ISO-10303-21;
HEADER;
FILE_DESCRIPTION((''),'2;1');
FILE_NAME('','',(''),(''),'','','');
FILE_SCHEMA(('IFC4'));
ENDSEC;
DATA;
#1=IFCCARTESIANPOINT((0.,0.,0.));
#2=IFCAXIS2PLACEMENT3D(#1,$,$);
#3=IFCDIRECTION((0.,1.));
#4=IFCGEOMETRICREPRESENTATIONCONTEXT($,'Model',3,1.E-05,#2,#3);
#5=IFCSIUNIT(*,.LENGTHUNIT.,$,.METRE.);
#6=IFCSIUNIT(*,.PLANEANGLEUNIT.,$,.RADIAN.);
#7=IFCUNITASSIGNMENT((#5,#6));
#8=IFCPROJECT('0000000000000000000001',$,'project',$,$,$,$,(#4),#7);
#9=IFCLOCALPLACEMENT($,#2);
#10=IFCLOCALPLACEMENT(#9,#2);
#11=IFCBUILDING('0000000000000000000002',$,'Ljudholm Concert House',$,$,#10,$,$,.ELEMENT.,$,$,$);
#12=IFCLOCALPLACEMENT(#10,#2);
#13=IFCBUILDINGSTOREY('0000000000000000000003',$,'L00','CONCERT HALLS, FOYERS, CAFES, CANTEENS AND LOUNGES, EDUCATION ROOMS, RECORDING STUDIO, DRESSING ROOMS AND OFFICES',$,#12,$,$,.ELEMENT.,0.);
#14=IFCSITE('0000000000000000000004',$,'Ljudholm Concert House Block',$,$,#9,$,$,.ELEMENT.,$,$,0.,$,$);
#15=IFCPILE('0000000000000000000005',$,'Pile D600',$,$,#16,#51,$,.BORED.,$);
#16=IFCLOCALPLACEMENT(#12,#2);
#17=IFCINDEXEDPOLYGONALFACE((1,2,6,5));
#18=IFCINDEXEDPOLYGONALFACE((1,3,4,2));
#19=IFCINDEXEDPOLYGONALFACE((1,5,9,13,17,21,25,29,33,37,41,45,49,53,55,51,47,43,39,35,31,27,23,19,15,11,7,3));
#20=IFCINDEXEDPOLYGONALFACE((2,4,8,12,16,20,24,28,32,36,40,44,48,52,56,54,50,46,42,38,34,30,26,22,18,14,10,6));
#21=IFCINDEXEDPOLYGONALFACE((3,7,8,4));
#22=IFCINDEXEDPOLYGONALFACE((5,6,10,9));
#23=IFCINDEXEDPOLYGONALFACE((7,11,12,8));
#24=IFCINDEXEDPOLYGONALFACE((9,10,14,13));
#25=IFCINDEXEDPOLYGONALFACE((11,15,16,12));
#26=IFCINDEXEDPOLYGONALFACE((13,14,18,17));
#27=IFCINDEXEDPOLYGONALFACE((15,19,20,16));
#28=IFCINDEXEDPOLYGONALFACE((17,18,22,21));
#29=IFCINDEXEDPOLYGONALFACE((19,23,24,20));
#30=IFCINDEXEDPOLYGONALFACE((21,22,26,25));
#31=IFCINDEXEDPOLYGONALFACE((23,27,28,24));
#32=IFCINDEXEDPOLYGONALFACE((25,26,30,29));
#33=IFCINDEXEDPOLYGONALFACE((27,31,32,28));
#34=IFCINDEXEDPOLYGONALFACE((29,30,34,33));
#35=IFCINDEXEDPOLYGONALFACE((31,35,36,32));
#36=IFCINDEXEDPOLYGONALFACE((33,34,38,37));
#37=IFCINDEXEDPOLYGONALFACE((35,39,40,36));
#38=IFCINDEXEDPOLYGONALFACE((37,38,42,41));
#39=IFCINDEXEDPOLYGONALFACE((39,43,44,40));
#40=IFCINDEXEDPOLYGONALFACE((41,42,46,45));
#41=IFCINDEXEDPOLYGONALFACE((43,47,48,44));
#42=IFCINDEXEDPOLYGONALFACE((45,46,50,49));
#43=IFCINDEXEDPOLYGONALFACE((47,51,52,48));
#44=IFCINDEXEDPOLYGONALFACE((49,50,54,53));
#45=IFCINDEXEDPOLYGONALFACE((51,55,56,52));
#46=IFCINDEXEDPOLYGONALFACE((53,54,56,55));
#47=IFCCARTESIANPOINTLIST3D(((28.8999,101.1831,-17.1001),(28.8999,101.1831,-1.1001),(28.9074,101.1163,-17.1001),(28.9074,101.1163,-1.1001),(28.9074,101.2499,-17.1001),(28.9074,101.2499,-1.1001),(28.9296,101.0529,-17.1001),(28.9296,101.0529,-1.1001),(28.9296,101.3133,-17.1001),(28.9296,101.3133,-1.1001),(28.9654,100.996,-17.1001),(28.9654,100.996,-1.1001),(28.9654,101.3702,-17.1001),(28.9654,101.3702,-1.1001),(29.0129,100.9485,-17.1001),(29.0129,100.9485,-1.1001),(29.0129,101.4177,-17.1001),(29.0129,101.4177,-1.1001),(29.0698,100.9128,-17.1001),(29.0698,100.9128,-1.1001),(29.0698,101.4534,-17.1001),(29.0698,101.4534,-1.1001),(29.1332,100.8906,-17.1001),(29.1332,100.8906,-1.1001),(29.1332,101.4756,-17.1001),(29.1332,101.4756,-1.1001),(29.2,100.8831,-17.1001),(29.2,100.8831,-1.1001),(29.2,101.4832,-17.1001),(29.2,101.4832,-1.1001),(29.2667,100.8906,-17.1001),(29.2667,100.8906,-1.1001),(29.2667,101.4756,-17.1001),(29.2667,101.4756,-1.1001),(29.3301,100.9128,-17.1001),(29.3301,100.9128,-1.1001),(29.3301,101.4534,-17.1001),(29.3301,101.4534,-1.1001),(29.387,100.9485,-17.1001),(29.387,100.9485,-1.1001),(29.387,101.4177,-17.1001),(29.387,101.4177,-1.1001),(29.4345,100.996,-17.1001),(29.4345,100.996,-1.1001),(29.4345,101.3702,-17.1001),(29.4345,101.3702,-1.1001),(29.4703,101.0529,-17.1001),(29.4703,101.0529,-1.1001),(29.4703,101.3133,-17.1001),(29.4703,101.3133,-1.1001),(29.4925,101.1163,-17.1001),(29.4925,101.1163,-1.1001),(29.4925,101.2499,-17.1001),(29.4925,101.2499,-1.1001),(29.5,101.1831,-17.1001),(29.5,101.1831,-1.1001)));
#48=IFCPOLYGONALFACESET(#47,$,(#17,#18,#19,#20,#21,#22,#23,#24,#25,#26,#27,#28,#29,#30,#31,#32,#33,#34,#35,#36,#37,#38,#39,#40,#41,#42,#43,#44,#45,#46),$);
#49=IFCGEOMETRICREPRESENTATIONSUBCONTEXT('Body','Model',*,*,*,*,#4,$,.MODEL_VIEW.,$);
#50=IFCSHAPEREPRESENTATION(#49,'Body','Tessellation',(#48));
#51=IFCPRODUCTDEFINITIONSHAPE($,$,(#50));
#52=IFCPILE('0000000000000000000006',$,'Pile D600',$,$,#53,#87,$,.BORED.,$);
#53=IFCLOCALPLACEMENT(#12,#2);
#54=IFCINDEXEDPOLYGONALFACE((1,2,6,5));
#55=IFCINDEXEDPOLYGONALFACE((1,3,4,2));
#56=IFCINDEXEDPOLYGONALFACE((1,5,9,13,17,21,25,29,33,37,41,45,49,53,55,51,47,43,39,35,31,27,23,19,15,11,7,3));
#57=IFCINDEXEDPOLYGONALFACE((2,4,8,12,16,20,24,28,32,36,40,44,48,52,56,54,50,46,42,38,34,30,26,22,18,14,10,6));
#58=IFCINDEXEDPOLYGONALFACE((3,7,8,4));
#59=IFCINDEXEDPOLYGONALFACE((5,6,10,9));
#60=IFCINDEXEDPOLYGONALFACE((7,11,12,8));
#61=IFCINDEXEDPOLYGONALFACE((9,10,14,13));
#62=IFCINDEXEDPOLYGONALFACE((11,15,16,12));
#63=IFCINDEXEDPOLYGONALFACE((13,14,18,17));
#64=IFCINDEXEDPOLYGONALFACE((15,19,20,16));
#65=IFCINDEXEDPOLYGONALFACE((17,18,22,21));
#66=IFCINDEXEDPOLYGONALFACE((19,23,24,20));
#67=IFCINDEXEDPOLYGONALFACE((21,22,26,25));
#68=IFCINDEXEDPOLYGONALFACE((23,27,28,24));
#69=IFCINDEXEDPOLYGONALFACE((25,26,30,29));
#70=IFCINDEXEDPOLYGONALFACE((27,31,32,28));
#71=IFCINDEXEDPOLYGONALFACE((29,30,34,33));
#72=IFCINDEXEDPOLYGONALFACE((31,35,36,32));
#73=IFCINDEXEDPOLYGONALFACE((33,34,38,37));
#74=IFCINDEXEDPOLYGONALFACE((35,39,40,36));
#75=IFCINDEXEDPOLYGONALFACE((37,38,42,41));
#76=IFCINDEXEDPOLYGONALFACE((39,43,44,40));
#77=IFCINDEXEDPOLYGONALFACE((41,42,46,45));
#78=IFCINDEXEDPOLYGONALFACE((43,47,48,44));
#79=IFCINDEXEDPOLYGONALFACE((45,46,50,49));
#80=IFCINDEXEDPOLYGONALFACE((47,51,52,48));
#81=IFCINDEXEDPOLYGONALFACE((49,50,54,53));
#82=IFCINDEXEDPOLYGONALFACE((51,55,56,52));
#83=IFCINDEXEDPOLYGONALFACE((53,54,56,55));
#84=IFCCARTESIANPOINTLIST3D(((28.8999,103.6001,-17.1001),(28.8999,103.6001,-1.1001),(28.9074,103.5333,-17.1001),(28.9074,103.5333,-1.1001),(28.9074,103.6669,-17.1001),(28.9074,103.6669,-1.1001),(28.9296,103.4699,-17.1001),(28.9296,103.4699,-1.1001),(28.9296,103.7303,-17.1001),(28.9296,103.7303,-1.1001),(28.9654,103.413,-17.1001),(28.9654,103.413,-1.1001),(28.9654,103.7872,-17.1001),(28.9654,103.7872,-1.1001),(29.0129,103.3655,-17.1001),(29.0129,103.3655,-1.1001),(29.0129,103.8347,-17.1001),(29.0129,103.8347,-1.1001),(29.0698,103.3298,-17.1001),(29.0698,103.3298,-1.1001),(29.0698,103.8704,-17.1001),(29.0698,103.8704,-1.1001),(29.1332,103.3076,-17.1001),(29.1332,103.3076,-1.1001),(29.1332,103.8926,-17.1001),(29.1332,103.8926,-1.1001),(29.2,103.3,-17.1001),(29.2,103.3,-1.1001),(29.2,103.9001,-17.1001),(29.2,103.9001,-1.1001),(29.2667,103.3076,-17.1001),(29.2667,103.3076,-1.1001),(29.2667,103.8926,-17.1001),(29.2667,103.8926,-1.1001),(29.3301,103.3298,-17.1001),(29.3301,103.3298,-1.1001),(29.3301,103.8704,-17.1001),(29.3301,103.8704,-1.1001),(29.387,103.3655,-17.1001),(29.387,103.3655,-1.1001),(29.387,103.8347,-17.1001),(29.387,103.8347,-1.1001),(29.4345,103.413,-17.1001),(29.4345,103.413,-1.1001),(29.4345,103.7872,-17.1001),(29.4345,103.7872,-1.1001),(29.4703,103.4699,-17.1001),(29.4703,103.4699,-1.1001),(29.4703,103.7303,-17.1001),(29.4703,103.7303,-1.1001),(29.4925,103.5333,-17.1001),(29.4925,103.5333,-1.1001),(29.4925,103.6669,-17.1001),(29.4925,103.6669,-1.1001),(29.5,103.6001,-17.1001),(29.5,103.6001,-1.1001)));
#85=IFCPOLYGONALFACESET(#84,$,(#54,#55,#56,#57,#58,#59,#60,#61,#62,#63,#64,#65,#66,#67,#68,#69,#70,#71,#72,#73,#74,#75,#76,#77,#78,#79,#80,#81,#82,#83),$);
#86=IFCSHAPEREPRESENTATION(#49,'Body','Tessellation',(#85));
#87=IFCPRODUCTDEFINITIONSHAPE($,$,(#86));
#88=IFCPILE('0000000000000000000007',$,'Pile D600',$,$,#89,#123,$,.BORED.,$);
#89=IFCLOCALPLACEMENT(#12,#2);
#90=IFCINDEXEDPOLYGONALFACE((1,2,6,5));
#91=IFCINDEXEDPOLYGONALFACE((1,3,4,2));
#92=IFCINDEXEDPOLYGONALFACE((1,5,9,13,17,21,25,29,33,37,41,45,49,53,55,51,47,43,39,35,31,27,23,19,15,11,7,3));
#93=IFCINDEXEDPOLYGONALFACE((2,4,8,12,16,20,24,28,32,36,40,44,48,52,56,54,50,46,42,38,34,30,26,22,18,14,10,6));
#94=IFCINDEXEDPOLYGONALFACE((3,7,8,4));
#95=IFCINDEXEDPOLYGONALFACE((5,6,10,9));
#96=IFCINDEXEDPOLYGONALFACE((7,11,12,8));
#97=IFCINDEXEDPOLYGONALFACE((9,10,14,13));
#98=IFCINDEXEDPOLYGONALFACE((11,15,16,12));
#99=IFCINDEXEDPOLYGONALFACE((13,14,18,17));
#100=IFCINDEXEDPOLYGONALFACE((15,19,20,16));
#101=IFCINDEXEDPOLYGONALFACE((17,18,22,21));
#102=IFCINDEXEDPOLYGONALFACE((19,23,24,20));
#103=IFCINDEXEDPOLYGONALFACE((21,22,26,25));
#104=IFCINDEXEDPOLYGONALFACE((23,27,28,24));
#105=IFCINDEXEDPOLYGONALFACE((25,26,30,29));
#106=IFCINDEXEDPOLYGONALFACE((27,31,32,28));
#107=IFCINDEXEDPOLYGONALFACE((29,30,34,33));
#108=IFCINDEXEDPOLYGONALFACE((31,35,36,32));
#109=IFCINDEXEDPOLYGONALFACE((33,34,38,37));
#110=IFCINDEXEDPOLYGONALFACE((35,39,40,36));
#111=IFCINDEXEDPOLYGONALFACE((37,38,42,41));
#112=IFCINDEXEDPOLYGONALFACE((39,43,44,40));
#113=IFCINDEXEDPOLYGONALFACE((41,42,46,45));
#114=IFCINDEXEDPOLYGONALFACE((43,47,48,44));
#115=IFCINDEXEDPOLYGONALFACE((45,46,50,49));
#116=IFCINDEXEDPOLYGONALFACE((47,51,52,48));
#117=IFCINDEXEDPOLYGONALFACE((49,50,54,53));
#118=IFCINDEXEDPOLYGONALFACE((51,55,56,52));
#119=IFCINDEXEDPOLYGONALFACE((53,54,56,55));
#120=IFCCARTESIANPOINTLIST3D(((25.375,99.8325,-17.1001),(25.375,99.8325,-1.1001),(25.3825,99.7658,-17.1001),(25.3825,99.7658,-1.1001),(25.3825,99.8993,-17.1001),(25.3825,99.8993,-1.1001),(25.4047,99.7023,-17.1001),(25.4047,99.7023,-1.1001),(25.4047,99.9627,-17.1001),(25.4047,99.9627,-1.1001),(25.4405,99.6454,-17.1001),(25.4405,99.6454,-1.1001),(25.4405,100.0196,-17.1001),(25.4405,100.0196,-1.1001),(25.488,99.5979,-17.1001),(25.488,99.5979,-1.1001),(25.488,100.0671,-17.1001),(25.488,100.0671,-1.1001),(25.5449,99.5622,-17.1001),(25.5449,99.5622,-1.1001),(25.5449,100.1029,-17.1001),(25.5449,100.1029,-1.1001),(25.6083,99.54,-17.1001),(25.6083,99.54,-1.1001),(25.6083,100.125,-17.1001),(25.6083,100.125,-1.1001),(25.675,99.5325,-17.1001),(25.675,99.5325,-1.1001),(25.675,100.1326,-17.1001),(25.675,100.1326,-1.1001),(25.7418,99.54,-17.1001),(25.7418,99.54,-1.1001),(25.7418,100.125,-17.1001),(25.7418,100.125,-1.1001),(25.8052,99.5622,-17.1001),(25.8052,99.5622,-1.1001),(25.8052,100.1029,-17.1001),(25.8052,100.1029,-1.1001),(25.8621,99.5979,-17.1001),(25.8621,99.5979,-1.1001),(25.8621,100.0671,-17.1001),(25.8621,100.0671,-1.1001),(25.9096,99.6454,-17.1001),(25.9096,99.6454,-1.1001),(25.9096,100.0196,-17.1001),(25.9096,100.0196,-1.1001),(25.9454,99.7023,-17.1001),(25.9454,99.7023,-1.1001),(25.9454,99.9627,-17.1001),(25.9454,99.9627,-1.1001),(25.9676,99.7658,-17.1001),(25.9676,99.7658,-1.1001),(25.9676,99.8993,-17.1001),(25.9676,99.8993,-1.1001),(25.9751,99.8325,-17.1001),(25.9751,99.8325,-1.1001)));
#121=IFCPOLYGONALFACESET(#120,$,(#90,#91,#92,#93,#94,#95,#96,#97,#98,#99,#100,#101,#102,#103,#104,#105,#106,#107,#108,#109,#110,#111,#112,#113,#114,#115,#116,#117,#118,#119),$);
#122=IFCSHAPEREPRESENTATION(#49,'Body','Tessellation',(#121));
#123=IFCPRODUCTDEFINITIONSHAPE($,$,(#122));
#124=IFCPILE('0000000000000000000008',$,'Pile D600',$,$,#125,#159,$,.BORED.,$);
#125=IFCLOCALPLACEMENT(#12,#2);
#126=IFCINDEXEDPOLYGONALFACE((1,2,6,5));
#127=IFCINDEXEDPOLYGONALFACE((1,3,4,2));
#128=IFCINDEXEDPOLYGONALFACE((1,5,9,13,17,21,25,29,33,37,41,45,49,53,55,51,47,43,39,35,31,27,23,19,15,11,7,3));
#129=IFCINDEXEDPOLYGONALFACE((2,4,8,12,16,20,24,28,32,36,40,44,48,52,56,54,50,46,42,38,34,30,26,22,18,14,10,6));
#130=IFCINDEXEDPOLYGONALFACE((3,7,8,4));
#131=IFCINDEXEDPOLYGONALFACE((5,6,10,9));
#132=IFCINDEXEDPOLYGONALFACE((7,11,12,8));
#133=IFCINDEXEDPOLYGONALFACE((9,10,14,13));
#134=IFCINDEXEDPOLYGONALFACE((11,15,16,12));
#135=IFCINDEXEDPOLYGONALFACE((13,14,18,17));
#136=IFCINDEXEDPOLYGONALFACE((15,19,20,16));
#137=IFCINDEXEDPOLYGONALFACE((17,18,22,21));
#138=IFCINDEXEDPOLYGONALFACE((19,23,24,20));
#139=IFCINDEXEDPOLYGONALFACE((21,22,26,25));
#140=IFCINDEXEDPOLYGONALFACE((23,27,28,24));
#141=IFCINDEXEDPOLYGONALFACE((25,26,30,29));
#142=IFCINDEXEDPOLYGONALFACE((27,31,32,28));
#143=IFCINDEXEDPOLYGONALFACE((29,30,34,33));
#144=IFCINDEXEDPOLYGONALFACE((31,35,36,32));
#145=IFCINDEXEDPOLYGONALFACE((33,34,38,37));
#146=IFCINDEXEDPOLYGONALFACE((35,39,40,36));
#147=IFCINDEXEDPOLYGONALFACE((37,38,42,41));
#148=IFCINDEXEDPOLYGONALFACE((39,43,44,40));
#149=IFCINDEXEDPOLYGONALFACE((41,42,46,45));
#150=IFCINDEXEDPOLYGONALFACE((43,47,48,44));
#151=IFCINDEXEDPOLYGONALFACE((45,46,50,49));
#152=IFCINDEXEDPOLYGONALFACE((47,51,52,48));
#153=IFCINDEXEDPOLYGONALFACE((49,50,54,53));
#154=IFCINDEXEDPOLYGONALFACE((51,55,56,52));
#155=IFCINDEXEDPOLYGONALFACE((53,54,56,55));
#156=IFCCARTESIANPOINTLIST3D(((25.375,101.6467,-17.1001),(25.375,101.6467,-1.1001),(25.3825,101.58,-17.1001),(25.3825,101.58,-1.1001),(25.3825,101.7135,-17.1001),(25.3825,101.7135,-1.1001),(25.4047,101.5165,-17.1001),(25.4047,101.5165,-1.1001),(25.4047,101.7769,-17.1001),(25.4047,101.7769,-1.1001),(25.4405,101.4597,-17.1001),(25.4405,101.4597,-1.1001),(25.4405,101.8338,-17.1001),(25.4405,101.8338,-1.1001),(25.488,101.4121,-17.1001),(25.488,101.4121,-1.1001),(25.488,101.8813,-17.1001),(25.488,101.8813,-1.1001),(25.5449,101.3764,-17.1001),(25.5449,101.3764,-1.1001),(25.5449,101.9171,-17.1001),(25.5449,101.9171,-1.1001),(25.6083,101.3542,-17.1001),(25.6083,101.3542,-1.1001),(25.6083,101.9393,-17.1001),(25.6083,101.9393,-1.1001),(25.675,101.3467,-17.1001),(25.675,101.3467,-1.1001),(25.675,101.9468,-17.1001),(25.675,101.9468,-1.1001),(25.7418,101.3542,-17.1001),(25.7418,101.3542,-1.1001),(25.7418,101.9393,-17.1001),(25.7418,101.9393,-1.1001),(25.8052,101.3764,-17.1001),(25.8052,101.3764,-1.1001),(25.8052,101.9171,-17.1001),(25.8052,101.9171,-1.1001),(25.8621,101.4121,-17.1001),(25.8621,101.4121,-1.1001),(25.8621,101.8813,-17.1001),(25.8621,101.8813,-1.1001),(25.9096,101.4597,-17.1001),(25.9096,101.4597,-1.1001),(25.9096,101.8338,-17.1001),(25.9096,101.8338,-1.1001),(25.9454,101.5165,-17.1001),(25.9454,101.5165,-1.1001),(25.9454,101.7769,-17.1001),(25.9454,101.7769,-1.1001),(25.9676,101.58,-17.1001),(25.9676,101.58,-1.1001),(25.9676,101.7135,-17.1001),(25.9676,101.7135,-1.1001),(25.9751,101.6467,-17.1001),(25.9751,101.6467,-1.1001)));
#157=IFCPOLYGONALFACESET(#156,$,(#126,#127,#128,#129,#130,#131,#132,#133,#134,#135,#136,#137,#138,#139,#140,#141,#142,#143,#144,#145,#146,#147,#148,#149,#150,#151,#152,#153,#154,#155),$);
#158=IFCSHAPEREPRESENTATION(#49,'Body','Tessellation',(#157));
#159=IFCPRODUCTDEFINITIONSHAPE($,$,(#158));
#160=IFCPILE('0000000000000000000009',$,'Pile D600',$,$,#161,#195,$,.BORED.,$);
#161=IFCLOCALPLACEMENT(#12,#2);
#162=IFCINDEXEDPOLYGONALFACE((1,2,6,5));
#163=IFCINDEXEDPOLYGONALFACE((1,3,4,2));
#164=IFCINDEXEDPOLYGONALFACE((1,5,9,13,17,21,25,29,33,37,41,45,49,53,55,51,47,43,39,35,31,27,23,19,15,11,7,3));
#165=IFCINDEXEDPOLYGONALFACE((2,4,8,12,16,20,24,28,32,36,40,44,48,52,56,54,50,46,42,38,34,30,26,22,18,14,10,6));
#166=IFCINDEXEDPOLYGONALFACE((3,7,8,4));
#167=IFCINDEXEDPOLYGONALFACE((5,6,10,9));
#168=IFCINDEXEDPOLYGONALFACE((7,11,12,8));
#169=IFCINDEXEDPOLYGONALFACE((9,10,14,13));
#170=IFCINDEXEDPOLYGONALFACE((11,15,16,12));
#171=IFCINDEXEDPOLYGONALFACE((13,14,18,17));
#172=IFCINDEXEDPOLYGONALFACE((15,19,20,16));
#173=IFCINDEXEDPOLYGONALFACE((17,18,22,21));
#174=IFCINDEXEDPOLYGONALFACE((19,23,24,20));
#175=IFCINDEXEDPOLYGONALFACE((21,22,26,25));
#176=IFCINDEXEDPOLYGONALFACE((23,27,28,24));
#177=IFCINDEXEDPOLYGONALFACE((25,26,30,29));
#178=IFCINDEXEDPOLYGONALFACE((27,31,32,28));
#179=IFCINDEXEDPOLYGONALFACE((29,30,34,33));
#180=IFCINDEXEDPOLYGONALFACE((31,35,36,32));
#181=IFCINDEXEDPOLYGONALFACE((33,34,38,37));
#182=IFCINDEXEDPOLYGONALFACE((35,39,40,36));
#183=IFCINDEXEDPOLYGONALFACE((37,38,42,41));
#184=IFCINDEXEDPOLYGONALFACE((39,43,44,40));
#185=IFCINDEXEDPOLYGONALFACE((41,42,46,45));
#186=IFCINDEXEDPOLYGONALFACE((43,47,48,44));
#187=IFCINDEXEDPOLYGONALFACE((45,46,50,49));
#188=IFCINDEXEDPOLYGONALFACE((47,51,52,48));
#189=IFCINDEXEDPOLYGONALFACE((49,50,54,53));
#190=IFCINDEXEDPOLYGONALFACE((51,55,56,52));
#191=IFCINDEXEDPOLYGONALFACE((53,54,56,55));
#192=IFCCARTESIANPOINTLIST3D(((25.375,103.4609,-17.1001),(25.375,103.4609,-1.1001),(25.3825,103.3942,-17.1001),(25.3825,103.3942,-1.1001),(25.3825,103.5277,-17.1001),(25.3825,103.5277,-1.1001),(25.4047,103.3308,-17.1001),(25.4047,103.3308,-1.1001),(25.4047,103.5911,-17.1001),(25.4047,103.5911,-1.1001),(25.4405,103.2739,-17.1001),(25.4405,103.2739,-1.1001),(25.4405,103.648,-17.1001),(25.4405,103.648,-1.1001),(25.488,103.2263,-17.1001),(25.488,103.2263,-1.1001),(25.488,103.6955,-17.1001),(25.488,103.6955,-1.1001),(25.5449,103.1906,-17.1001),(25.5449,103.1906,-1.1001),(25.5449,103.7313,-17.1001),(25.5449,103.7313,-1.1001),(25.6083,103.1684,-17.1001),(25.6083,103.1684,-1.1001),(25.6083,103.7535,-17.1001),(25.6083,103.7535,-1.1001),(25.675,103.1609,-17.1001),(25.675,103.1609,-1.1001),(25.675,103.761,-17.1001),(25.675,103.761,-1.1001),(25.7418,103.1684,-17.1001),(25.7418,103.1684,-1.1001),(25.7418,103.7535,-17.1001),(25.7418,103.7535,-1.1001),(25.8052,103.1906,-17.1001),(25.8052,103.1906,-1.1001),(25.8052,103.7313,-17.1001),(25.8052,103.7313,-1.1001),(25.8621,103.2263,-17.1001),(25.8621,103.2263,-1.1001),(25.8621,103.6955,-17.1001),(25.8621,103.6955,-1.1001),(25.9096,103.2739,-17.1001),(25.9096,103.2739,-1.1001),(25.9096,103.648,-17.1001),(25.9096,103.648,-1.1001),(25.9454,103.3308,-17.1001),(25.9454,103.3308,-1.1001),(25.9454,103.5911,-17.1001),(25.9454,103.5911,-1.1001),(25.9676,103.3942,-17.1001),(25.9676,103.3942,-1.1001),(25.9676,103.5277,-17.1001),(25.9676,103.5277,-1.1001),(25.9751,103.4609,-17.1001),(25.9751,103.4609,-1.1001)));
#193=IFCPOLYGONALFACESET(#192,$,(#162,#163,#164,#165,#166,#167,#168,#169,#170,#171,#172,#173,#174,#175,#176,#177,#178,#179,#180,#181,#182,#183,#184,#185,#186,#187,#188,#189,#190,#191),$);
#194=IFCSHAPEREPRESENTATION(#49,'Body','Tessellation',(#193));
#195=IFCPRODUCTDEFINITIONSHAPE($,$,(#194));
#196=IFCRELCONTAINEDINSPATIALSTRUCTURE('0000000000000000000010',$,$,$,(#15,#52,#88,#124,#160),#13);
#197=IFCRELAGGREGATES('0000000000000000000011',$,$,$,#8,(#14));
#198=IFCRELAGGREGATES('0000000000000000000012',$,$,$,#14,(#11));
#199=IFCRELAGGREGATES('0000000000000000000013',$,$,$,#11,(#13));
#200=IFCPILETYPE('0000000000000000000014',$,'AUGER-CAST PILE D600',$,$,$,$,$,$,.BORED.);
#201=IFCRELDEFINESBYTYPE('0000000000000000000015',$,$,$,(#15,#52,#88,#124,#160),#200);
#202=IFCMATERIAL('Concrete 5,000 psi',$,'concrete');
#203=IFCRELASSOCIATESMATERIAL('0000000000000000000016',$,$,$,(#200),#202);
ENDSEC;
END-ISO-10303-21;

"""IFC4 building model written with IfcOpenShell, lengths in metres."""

from ifc_helpers import new_model, si_unit, direction, frame, origin, origin_2d, place, context, subcontext, project, spatial, circle, extrude, material, material_profile, profile_set, type_object, element, save


model = new_model("IFC4")

# Units and contexts
model_context = context("Model", 3, precision=1e-05, world=origin(), true_north=direction((0.0, 1.0)))
body_context = subcontext(model_context, "Body", "Model", "MODEL_VIEW")
ifc_project = project(units=[si_unit("LENGTHUNIT", "METRE"), si_unit("PLANEANGLEUNIT", "RADIAN")], contexts=[model_context])

# Site, building, storey
site_placement = place(None, origin())
site = spatial("IfcSite", under=ifc_project, at=site_placement, Name="Ljudholm Concert House Block", CompositionType="ELEMENT", RefElevation=0.0)
building_placement = place(site_placement, origin())
building = spatial("IfcBuilding", under=site, at=building_placement, Name="Ljudholm Concert House", CompositionType="ELEMENT")
storey_placement = place(building_placement, origin())
storey = spatial("IfcBuildingStorey", under=building, at=storey_placement, Name="L00", Description="CONCERT HALLS, FOYERS, CAFES, CANTEENS AND LOUNGES, EDUCATION ROOMS, RECORDING STUDIO, DRESSING ROOMS AND OFFICES", CompositionType="ELEMENT", Elevation=0.0)

# Piles
ifc_material_1 = material(Name="Concrete 5,000 psi", Category="concrete")
ifc_material_profile_1 = material_profile(ifc_material_1, circle(Radius=0.3, at=origin_2d()), Name="AUGER-CAST PILE D600")
ifc_profile_set_1 = profile_set([ifc_material_profile_1], Name="Concrete 5,000 psi")
pile_type = type_object("IfcPileType", Name="AUGER-CAST PILE D600", PredefinedType="BORED", material=ifc_profile_set_1)
for number, where, z_axis, x_axis, name in (
    (1, (29.2, 101.1831, -1.1001), (0.0, 0.0, -1.0), (1.0, 0.0, 0.0), "Pile D600"),
    (2, (29.2, 103.6001, -1.1001), (0.0, 0.0, -1.0), (1.0, 0.0, 0.0), "Pile D600"),
    (3, (25.675, 99.8325, -1.1001), (0.0, 0.0, -1.0), (1.0, 0.0, 0.0), "Pile D600"),
    (4, (25.675, 101.6467, -1.1001), (0.0, 0.0, -1.0), (1.0, 0.0, 0.0), "Pile D600"),
    (5, (25.675, 103.4609, -1.1001), (0.0, 0.0, -1.0), (1.0, 0.0, 0.0), "Pile D600"),
):
    element("IfcPile", number, at=place(storey_placement, frame(where, z_axis=z_axis, x_axis=x_axis)), inside=storey, type_object=pile_type, Name=name, PredefinedType="BORED", context=body_context, shape_type="SweptSolid", body=[
        extrude(circle(Radius=0.3, at=origin_2d()), origin(), (0.0, 0.0, 1.0), 16.0),
    ])

save(model, "model.ifc")
